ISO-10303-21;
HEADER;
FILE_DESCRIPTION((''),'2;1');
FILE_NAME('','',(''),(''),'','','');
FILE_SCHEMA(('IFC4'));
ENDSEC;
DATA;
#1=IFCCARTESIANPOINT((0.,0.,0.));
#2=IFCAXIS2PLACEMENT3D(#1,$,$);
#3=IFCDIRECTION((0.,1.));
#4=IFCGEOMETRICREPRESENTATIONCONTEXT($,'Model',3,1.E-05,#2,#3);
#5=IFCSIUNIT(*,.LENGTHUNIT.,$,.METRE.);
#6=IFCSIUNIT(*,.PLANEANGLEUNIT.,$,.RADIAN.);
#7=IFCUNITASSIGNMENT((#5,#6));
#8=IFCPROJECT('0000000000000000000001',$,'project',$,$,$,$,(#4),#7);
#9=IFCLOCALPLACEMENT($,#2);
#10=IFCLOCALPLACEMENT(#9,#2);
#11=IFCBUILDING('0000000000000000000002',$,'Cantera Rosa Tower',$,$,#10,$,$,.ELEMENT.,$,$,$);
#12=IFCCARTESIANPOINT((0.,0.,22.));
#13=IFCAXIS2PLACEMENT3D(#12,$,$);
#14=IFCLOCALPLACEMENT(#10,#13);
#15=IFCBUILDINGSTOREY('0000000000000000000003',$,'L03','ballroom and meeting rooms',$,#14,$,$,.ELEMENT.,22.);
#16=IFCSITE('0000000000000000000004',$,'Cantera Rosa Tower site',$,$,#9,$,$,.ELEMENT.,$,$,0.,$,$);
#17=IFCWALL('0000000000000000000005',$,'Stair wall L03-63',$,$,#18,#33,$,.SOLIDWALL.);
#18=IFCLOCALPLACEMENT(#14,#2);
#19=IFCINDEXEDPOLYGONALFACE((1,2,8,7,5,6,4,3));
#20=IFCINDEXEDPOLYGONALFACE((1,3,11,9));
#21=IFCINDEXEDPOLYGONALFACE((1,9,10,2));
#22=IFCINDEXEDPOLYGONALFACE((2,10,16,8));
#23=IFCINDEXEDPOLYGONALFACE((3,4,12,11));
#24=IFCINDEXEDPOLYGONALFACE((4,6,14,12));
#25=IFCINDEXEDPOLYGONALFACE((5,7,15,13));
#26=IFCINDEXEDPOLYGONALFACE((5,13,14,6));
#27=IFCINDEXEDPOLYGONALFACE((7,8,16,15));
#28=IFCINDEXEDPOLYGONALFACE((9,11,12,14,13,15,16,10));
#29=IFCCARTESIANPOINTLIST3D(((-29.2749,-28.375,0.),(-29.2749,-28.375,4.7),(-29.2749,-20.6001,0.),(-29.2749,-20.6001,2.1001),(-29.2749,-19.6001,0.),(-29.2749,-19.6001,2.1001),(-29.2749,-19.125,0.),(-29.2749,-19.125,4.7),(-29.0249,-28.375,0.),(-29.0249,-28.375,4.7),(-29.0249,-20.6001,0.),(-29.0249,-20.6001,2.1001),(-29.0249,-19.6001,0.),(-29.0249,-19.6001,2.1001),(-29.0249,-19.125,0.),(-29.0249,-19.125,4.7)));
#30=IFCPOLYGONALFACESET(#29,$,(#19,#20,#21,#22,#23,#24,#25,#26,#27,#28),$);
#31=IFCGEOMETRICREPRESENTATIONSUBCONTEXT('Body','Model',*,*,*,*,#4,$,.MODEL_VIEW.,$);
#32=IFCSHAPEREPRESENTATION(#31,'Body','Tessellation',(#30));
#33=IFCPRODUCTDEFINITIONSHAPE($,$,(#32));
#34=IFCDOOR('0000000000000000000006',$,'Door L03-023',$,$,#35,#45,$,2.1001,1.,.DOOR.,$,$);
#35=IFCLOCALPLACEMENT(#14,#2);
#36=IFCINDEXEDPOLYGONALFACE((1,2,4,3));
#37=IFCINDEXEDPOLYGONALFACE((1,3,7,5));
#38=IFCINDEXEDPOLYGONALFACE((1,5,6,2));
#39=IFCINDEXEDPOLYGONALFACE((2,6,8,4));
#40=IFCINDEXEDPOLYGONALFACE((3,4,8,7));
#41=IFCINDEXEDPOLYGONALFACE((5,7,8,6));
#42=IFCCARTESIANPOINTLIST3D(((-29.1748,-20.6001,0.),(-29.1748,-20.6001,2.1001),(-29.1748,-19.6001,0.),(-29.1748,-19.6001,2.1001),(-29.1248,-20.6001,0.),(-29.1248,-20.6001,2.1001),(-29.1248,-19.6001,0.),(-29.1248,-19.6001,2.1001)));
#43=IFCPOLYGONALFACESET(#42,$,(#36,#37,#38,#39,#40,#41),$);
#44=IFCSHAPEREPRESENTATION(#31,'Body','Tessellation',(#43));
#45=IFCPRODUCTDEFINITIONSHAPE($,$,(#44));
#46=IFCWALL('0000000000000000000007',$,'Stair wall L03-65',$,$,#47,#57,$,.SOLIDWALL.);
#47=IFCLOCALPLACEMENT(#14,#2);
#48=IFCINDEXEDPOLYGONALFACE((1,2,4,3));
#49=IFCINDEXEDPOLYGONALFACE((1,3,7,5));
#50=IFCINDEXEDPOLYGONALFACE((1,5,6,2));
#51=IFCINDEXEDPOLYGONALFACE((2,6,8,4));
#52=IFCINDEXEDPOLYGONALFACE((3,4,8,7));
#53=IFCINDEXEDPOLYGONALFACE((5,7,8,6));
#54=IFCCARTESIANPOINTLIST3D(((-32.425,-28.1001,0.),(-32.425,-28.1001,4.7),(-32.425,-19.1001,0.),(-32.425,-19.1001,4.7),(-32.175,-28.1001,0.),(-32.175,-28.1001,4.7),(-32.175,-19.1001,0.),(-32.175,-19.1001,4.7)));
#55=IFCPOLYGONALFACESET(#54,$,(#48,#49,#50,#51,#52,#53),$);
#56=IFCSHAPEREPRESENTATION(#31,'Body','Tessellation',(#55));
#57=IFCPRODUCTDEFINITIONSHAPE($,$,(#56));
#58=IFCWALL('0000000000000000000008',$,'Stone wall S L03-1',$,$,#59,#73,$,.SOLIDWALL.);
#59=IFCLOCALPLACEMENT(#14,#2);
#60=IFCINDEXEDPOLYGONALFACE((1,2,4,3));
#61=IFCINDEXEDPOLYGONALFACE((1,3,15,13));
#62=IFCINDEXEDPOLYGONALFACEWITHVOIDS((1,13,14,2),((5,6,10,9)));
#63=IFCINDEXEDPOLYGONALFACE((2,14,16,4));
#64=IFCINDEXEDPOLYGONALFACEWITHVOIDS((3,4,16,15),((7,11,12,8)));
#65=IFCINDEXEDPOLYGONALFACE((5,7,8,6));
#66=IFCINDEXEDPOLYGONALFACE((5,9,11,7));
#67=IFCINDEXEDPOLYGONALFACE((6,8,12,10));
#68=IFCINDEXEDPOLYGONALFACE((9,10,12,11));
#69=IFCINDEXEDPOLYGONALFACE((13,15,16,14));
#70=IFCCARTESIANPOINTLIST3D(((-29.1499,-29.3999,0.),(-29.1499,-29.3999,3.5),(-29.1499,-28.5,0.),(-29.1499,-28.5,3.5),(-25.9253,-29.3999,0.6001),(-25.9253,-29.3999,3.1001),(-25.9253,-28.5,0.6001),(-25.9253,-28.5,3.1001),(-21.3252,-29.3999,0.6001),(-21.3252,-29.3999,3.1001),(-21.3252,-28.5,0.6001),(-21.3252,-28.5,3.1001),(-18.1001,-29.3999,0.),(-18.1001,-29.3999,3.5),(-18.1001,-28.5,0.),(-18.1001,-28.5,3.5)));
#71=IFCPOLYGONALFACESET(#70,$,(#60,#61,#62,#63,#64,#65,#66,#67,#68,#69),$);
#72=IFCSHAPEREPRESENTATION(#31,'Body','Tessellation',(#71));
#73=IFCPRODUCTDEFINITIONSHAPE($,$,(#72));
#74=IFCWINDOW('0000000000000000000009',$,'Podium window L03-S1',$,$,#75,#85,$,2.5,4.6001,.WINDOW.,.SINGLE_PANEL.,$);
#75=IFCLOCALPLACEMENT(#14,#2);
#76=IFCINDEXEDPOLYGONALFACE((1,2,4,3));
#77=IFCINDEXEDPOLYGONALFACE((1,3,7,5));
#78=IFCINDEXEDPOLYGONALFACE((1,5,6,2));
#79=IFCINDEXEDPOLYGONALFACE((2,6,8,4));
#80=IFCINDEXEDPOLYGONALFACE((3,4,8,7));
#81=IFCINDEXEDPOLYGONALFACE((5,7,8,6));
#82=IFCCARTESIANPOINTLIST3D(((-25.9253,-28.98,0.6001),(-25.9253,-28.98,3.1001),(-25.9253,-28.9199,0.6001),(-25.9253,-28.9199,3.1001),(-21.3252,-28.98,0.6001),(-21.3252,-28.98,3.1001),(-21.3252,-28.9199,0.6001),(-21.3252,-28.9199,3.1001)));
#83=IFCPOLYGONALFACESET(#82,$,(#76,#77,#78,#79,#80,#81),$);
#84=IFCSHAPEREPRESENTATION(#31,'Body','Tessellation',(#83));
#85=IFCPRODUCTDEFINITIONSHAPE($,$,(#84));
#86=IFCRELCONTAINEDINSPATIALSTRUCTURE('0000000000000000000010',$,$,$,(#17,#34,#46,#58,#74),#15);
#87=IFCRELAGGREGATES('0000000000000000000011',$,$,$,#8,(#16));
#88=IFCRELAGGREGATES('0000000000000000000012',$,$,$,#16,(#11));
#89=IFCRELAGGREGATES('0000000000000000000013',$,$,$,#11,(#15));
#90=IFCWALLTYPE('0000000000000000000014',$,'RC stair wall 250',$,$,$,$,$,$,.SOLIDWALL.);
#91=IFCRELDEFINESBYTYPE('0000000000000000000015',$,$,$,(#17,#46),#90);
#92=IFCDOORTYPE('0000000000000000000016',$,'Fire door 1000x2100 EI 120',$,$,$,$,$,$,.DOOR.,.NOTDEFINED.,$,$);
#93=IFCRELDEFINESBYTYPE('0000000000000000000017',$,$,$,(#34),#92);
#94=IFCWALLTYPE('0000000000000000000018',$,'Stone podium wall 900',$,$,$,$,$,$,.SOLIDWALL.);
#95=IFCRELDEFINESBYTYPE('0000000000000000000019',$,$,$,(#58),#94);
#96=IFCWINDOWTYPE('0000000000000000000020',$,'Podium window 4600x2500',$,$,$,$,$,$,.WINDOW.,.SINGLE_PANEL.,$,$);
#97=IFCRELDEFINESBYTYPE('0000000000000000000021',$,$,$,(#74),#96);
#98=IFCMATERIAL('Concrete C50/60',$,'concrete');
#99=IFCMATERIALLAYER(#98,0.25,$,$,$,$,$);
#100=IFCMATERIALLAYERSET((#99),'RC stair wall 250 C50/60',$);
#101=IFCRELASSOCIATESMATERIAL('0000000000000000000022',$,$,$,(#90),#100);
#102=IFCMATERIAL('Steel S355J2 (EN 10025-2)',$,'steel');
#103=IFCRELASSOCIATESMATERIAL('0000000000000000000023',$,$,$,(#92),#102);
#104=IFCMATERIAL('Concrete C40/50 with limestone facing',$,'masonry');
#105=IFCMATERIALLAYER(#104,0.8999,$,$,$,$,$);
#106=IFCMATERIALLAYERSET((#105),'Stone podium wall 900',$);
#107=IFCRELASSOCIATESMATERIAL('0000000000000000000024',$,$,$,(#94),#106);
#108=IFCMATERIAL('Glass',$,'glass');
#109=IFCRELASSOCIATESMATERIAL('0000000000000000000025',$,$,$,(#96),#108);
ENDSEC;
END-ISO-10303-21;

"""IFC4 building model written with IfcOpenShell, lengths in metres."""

from ifc_helpers import new_model, si_unit, direction, frame, frame_2d, origin, place, context, subcontext, project, spatial, rectangle, extrude, material, layer, layer_set, type_object, element, fill, save


model = new_model("IFC4")

# Units and contexts
model_context = context("Model", 3, precision=1e-05, world=origin(), true_north=direction((0.0, 1.0)))
body_context = subcontext(model_context, "Body", "Model", "MODEL_VIEW")
ifc_project = project(units=[si_unit("LENGTHUNIT", "METRE"), si_unit("PLANEANGLEUNIT", "RADIAN")], contexts=[model_context])

# Site, building, storey
site_placement = place(None, origin())
site = spatial("IfcSite", under=ifc_project, at=site_placement, Name="Cantera Rosa Tower site", CompositionType="ELEMENT", RefElevation=0.0)
building_placement = place(site_placement, origin())
building = spatial("IfcBuilding", under=site, at=building_placement, Name="Cantera Rosa Tower", CompositionType="ELEMENT")
storey_placement = place(building_placement, frame((0.0, 0.0, 22.0)))
storey = spatial("IfcBuildingStorey", under=building, at=storey_placement, Name="L03", Description="ballroom and meeting rooms", CompositionType="ELEMENT", Elevation=22.0)

# Wall, opening, door
ifc_material_1 = material(Name="Concrete C50/60", Category="concrete")
ifc_layer_1 = layer(ifc_material_1, 0.25)
ifc_layer_set_1 = layer_set([ifc_layer_1], Name="RC stair wall 250 C50/60")
wall_type_1 = type_object("IfcWallType", Name="RC stair wall 250", PredefinedType="SOLIDWALL", material=ifc_layer_set_1)
wall_1_placement = place(storey_placement, frame((-29.1499, -28.375, 0.0), z_axis=(0.0, 0.0, 1.0), x_axis=(0.0, 1.0, 0.0)))
wall_1 = element("IfcWall", 1, at=wall_1_placement, inside=storey, type_object=wall_type_1, Name="Stair wall L03-63", PredefinedType="SOLIDWALL", context=body_context, shape_type="SweptSolid", body=[
    extrude(rectangle(XDim=9.25, YDim=0.25, at=frame_2d((4.625, 0.0))), origin(), (0.0, 0.0, 1.0), 4.7),
])
opening_1_placement = place(wall_1_placement, frame((7.7749, 0.0, 0.0)))
opening_1 = element("IfcOpeningElement", 2, at=opening_1_placement, cuts=wall_1, PredefinedType="OPENING", context=body_context, shape_type="SweptSolid", body=[
    extrude(rectangle(XDim=1.0, YDim=2.1001, at=frame_2d((0.5, 1.05))), frame((0.0, 0.135, 0.0), z_axis=(0.0, -1.0, 0.0), x_axis=(1.0, 0.0, 0.0)), (0.0, 0.0, 1.0), 0.27),
])
ifc_material_2 = material(Name="Steel S355J2 (EN 10025-2)", Category="steel")
door_type_1 = type_object("IfcDoorType", Name="Fire door 1000x2100 EI 120", OperationType="NOTDEFINED", PredefinedType="DOOR", material=ifc_material_2)
door_1_placement = place(opening_1_placement, origin())
door_1 = element("IfcDoor", 3, at=door_1_placement, inside=storey, type_object=door_type_1, Name="Door L03-023", OverallHeight=2.1001, OverallWidth=1.0, PredefinedType="DOOR", context=body_context, shape_type="SweptSolid", body=[
    extrude(rectangle(XDim=1.0, YDim=2.1001, at=frame_2d((0.5, 1.05))), frame((0.0, 0.0249, 0.0), z_axis=(0.0, -1.0, 0.0), x_axis=(1.0, 0.0, 0.0)), (0.0, 0.0, 1.0), 0.05),
])
fill(opening_1, door_1)

# Wall
wall_2_placement = place(storey_placement, frame((-32.3, -28.1001, 0.0), z_axis=(0.0, 0.0, 1.0), x_axis=(0.0, 1.0, 0.0)))
element("IfcWall", 4, at=wall_2_placement, inside=storey, type_object=wall_type_1, Name="Stair wall L03-65", PredefinedType="SOLIDWALL", context=body_context, shape_type="SweptSolid", body=[
    extrude(rectangle(XDim=9.0, YDim=0.25, at=frame_2d((4.5, 0.0))), origin(), (0.0, 0.0, 1.0), 4.7),
])

# Wall, opening, window
ifc_material_3 = material(Name="Concrete C40/50 with limestone facing", Category="masonry")
ifc_layer_2 = layer(ifc_material_3, 0.8999)
ifc_layer_set_2 = layer_set([ifc_layer_2], Name="Stone podium wall 900")
wall_type_2 = type_object("IfcWallType", Name="Stone podium wall 900", PredefinedType="SOLIDWALL", material=ifc_layer_set_2)
wall_3_placement = place(storey_placement, frame((-18.1001, -28.95, 0.0), z_axis=(0.0, 0.0, 1.0), x_axis=(-1.0, 0.0, 0.0)))
wall_3 = element("IfcWall", 5, at=wall_3_placement, inside=storey, type_object=wall_type_2, Name="Stone wall S L03-1", PredefinedType="SOLIDWALL", context=body_context, shape_type="SweptSolid", body=[
    extrude(rectangle(XDim=11.0498, YDim=0.8999, at=frame_2d((5.5249, 0.0))), origin(), (0.0, 0.0, 1.0), 3.5),
])
opening_2_placement = place(wall_3_placement, frame((3.2251, 0.0, 0.6001)))
opening_2 = element("IfcOpeningElement", 6, at=opening_2_placement, cuts=wall_3, PredefinedType="OPENING", context=body_context, shape_type="SweptSolid", body=[
    extrude(rectangle(XDim=4.6001, YDim=2.5, at=frame_2d((2.3, 1.25))), frame((0.0, 0.46, 0.0), z_axis=(0.0, -1.0, 0.0), x_axis=(1.0, 0.0, 0.0)), (0.0, 0.0, 1.0), 0.9199),
])
ifc_material_4 = material(Name="Glass", Category="glass")
window_type = type_object("IfcWindowType", Name="Podium window 4600x2500", PartitioningType="SINGLE_PANEL", PredefinedType="WINDOW", material=ifc_material_4)
window_placement = place(opening_2_placement, origin())
window = element("IfcWindow", 7, at=window_placement, inside=storey, type_object=window_type, Name="Podium window L03-S1", OverallHeight=2.5, OverallWidth=4.6001, PartitioningType="SINGLE_PANEL", PredefinedType="WINDOW", context=body_context, shape_type="SweptSolid", body=[
    extrude(rectangle(XDim=4.6001, YDim=2.5, at=frame_2d((2.3, 1.25))), frame((0.0, 0.03, 0.0), z_axis=(0.0, -1.0, 0.0), x_axis=(1.0, 0.0, 0.0)), (0.0, 0.0, 1.0), 0.0601),
])
fill(opening_2, window)

save(model, "model.ifc")
